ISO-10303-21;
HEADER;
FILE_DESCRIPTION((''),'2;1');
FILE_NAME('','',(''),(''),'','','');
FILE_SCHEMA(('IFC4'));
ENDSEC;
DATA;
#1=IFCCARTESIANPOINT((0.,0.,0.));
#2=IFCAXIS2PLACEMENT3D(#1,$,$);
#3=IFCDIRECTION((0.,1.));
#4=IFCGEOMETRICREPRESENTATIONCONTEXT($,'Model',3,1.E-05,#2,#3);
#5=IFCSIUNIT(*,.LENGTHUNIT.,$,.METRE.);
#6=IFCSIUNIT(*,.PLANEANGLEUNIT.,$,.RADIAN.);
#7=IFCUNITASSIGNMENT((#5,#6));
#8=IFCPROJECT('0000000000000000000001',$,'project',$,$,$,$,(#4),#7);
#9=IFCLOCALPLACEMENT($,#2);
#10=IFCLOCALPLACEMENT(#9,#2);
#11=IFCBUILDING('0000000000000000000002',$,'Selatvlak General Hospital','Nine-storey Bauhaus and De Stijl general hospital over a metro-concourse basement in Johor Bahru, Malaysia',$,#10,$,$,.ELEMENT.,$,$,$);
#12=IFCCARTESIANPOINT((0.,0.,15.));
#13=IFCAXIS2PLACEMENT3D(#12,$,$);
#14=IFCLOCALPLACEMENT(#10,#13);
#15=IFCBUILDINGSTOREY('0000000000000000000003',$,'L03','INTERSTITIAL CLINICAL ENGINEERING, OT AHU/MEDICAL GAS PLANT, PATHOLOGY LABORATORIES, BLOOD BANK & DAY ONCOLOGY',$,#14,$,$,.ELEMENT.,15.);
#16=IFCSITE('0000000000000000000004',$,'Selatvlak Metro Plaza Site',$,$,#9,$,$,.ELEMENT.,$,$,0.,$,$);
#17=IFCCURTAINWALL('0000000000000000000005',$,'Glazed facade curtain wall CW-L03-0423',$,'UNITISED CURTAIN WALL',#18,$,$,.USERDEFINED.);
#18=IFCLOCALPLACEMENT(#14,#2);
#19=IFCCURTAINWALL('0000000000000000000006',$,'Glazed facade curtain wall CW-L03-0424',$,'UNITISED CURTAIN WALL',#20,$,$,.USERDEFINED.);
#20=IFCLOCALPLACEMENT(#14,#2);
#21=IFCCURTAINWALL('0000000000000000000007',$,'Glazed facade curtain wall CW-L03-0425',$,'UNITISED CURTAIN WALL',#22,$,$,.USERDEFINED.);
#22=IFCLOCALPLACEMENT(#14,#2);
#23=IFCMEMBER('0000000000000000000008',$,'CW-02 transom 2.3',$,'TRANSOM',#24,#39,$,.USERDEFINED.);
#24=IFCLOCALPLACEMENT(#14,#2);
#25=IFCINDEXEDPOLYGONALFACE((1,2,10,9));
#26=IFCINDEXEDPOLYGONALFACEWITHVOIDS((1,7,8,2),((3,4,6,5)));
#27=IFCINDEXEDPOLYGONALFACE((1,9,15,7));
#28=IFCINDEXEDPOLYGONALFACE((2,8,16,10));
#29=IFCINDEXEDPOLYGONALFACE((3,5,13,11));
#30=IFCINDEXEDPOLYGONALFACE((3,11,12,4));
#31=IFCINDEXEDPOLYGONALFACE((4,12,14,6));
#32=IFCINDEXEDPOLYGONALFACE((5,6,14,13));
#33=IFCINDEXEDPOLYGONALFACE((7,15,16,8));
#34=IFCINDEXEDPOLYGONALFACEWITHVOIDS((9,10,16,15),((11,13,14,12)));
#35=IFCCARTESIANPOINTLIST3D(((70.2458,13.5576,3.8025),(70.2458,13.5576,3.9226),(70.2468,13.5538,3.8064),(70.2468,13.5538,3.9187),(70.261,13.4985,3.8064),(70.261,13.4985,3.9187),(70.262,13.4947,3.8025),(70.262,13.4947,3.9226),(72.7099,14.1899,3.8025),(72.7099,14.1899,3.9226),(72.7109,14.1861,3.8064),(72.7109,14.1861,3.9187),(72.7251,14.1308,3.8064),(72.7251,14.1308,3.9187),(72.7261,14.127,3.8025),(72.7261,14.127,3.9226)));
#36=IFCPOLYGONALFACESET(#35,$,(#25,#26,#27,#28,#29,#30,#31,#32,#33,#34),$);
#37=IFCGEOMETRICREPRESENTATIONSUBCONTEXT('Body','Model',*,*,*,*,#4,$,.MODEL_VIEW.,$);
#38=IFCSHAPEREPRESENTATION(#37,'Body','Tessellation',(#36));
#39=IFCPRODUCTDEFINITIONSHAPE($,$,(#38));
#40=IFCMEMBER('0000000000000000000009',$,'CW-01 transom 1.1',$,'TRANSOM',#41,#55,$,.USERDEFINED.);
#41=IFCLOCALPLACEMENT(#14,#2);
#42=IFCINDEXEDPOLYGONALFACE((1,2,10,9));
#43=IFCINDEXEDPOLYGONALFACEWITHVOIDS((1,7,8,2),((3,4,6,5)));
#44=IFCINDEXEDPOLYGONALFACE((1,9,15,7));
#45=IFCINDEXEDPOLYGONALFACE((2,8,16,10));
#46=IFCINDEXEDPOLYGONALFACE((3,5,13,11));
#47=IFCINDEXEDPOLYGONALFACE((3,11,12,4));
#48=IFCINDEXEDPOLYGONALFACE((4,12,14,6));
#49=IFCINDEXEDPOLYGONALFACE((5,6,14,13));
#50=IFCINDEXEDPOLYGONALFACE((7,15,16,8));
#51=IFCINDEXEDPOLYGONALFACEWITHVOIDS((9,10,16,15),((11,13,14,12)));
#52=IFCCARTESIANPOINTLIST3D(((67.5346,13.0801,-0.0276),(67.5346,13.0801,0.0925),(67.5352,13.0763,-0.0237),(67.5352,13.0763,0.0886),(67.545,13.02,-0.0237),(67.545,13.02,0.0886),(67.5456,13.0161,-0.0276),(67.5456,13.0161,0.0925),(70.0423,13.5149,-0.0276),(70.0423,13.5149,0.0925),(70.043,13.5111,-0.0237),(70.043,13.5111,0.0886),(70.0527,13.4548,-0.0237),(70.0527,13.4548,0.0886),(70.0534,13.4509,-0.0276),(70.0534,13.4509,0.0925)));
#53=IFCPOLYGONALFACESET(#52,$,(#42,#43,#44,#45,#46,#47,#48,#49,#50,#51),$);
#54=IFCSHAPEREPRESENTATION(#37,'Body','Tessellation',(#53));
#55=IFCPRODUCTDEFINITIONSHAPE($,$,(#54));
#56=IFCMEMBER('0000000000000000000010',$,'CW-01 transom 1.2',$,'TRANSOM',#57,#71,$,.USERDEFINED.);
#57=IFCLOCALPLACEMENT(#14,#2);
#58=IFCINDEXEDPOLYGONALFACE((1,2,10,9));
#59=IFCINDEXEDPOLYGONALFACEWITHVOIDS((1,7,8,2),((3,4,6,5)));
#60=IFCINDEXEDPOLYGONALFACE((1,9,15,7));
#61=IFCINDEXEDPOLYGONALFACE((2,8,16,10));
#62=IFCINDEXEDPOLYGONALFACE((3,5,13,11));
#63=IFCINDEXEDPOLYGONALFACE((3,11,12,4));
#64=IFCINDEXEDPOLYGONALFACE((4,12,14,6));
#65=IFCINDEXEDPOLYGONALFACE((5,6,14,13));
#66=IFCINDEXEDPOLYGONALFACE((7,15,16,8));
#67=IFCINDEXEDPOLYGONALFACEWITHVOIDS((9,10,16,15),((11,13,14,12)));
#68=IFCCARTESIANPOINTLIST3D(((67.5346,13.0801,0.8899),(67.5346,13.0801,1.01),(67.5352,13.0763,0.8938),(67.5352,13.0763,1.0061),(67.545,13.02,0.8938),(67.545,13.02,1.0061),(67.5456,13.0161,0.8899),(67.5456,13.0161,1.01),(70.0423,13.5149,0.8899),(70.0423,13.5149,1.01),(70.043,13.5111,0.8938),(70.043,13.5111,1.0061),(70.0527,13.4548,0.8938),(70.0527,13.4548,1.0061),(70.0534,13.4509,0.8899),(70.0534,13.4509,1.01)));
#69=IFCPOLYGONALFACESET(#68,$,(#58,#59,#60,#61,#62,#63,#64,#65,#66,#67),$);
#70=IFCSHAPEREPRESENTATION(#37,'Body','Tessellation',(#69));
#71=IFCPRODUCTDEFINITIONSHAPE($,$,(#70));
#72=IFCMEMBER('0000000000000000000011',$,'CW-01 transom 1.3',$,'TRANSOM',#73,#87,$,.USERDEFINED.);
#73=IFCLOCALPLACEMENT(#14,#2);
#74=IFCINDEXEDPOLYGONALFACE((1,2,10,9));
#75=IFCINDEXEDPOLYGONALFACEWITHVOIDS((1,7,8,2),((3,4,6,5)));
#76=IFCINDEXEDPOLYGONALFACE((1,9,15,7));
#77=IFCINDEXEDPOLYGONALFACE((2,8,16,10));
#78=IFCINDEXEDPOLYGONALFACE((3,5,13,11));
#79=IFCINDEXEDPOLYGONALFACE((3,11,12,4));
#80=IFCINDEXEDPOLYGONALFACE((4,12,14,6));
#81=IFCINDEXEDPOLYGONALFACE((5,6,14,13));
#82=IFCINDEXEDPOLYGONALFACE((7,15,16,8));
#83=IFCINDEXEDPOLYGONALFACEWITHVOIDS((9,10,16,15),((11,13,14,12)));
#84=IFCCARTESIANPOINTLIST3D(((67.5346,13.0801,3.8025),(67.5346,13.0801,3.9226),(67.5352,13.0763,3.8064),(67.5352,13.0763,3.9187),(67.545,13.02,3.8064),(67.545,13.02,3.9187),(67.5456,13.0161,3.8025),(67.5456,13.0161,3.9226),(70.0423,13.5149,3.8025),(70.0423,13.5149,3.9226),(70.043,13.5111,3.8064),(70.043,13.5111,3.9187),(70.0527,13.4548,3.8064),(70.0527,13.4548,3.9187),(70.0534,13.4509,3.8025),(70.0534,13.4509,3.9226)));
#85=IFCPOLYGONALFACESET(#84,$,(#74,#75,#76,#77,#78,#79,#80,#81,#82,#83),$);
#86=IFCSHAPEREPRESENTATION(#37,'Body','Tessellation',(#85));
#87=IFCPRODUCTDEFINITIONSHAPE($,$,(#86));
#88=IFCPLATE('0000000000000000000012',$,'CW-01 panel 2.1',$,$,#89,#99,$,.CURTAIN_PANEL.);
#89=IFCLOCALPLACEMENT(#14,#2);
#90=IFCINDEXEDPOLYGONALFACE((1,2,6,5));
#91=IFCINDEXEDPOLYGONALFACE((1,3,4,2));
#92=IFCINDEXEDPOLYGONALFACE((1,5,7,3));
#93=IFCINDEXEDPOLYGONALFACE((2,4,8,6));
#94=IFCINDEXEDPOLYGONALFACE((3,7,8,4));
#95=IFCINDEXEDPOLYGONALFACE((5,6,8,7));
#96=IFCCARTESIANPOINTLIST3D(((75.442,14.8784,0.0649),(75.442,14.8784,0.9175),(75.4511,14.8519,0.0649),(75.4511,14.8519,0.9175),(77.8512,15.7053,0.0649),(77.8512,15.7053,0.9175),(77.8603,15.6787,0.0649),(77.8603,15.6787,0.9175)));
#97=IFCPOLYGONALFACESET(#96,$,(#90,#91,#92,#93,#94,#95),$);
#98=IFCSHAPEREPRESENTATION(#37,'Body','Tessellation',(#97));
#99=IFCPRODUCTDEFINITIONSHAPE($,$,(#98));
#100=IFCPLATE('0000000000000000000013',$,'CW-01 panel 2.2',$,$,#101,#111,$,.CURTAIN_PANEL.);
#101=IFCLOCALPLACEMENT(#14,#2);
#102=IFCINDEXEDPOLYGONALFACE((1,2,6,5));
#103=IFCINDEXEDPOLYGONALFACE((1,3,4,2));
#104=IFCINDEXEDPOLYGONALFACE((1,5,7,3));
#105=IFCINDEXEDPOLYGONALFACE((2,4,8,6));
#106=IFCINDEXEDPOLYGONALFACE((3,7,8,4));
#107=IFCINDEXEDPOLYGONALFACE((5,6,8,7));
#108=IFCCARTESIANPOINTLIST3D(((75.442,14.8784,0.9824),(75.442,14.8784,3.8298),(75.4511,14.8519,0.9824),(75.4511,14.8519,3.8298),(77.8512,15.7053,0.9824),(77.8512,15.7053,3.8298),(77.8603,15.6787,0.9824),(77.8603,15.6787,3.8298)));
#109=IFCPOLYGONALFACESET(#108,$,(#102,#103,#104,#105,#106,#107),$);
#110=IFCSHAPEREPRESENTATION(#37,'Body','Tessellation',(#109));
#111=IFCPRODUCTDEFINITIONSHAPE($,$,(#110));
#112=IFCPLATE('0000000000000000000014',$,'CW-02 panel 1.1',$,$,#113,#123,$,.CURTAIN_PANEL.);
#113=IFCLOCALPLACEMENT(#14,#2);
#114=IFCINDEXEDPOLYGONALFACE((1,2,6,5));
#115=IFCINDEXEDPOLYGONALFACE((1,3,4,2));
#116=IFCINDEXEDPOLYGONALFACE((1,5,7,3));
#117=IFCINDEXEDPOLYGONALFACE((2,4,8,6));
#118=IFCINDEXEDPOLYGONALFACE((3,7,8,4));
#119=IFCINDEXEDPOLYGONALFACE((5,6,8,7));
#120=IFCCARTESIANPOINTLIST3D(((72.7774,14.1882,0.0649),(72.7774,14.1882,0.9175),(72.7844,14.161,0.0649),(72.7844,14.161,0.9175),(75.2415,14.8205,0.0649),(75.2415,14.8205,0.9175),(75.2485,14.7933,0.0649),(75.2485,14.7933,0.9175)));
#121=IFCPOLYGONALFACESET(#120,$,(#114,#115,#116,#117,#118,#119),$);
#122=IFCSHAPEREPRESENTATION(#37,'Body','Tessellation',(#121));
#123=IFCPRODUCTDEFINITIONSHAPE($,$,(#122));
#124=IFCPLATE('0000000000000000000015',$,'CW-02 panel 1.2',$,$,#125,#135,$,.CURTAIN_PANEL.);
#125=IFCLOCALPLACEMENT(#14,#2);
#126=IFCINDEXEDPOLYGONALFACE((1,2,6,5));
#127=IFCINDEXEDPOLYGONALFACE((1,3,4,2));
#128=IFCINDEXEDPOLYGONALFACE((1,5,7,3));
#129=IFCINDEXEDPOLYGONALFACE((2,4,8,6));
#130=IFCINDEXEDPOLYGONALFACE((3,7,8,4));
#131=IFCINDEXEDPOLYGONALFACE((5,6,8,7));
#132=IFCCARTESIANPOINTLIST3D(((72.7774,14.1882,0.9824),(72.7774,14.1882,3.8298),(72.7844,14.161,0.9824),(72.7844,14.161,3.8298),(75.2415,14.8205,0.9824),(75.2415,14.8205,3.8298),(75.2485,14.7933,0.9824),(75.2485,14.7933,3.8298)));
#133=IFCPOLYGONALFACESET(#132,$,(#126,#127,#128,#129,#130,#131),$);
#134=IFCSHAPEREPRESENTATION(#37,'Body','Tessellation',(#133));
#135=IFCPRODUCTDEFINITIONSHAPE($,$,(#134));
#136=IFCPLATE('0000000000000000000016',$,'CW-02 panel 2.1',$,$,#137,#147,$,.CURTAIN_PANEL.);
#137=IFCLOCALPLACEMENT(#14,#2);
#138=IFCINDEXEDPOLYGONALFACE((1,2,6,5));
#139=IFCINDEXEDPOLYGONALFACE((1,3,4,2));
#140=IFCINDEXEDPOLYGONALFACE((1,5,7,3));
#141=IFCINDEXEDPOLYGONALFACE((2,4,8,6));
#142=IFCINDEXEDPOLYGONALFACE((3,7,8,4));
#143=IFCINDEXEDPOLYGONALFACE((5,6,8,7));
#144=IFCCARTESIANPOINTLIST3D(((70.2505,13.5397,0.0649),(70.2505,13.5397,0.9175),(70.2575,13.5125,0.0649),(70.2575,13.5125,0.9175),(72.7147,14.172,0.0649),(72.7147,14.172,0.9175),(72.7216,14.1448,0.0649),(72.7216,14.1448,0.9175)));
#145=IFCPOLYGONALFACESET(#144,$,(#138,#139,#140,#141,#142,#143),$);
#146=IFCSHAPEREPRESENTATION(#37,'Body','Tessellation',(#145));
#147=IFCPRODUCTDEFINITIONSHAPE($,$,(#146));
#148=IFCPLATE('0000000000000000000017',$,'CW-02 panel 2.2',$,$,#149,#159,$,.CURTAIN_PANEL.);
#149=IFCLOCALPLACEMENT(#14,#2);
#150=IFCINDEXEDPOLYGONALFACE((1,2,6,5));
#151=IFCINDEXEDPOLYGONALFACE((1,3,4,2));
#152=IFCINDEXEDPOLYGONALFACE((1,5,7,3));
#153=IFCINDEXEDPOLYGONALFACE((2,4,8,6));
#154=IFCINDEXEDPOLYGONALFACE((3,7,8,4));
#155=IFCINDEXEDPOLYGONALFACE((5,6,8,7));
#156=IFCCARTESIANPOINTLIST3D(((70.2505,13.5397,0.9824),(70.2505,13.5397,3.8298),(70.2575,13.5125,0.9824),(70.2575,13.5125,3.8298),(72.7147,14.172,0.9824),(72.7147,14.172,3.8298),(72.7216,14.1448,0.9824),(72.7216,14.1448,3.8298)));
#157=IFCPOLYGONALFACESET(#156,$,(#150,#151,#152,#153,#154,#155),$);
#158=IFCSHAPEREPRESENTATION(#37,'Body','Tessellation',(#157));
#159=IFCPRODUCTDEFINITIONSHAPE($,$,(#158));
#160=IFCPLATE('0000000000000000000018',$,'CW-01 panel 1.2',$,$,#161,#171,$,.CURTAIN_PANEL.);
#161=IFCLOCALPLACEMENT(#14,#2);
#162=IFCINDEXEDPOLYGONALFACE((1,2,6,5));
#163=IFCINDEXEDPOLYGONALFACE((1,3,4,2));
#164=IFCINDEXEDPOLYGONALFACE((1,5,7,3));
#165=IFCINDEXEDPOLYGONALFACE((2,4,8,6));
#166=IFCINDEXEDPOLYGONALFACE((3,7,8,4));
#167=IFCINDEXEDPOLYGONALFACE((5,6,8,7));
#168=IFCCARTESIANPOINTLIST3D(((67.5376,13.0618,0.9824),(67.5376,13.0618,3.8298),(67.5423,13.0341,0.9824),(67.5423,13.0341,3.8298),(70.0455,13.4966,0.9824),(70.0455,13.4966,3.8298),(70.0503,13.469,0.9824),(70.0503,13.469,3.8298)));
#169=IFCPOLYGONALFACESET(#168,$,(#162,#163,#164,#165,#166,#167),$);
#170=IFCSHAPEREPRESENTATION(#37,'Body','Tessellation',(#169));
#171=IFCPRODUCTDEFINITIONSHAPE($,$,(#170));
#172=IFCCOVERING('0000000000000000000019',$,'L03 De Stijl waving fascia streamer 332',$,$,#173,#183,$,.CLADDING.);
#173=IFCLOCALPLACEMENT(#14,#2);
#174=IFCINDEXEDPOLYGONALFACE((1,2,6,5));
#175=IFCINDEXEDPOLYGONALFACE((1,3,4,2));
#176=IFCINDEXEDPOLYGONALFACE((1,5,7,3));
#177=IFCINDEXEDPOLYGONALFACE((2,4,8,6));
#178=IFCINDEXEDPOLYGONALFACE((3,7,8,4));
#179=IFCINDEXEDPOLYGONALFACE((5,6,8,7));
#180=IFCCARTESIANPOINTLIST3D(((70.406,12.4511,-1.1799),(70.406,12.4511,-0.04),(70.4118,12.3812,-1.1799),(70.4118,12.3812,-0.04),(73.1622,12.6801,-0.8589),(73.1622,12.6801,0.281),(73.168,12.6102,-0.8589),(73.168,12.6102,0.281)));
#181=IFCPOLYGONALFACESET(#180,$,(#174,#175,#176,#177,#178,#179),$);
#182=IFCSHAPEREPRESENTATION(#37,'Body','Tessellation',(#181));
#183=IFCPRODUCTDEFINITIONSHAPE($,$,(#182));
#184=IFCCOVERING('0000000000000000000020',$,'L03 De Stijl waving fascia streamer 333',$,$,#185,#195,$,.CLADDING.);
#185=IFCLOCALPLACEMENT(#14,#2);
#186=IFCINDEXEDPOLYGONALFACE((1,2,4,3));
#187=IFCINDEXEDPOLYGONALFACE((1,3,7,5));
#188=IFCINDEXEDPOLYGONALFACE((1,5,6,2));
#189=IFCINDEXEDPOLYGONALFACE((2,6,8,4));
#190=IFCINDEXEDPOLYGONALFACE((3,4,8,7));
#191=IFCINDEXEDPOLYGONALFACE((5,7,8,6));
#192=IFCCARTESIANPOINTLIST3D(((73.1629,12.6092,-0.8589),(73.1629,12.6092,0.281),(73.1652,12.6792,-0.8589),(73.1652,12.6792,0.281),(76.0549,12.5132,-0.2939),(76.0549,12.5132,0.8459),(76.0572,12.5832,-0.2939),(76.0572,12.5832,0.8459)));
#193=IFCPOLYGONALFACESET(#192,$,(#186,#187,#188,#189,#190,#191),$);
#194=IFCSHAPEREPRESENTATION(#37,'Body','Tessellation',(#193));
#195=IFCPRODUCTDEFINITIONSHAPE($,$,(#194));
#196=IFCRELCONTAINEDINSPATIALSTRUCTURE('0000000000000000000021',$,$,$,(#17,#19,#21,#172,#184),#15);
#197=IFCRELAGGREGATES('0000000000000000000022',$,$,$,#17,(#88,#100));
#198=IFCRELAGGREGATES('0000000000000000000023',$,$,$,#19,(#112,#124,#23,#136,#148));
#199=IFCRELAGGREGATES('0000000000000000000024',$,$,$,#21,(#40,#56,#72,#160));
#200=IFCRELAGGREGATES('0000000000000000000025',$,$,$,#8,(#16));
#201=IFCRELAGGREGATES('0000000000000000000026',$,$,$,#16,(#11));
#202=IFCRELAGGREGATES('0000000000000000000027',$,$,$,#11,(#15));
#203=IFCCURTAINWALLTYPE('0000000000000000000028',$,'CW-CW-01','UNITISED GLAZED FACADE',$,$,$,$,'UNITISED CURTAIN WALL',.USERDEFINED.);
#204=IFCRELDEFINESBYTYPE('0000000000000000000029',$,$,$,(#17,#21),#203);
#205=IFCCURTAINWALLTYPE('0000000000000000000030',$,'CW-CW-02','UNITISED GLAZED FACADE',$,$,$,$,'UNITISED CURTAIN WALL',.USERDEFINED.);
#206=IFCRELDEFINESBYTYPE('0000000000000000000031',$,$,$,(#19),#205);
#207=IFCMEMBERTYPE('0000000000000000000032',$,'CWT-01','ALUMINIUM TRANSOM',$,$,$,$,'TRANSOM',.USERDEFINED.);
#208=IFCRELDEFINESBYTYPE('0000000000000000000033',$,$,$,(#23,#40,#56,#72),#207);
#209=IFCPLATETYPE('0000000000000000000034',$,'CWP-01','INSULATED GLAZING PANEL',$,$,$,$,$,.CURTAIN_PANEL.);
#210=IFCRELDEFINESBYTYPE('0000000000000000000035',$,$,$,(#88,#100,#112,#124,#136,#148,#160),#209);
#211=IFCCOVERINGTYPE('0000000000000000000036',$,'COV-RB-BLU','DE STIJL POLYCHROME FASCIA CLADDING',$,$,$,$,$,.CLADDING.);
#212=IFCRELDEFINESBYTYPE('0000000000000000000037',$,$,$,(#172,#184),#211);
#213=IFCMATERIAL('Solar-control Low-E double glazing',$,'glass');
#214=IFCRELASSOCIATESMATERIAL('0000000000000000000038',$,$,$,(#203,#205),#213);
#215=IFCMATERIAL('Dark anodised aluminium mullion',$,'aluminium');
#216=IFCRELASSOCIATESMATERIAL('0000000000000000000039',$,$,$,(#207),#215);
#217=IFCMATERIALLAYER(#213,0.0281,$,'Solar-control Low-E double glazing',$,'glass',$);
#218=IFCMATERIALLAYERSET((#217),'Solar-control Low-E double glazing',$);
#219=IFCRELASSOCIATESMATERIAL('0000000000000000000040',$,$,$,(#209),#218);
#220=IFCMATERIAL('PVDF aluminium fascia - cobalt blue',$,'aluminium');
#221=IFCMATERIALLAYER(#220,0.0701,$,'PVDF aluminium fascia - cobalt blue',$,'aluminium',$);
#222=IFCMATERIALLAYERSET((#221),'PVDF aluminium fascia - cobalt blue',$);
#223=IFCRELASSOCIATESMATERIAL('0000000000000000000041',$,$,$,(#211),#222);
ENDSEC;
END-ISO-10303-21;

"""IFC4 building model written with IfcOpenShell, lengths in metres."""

from ifc_helpers import new_model, si_unit, direction, frame, origin, origin_2d, place, context, subcontext, project, spatial, polyline, rectangle, hollow_rectangle, outline, extrude, material, layer, layer_set, material_profile, profile_set, type_object, element, aggregate, save


model = new_model("IFC4")

# Units and contexts
model_context = context("Model", 3, precision=1e-05, world=origin(), true_north=direction((0.0, 1.0)))
body_context = subcontext(model_context, "Body", "Model", "MODEL_VIEW")
ifc_project = project(units=[si_unit("LENGTHUNIT", "METRE"), si_unit("PLANEANGLEUNIT", "RADIAN")], contexts=[model_context])

# Site, building, storey
site_placement = place(None, origin())
site = spatial("IfcSite", under=ifc_project, at=site_placement, Name="Selatvlak Metro Plaza Site", CompositionType="ELEMENT", RefElevation=0.0)
building_placement = place(site_placement, origin())
building = spatial("IfcBuilding", under=site, at=building_placement, Name="Selatvlak General Hospital", Description="Nine-storey Bauhaus and De Stijl general hospital over a metro-concourse basement in Johor Bahru, Malaysia", CompositionType="ELEMENT")
storey_placement = place(building_placement, frame((0.0, 0.0, 15.0)))
storey = spatial("IfcBuildingStorey", under=building, at=storey_placement, Name="L03", Description="INTERSTITIAL CLINICAL ENGINEERING, OT AHU/MEDICAL GAS PLANT, PATHOLOGY LABORATORIES, BLOOD BANK & DAY ONCOLOGY", CompositionType="ELEMENT", Elevation=15.0)

# Curtain wall
ifc_material_1 = material(Name="Solar-control Low-E double glazing", Category="glass")
curtain_wall_type_1 = type_object("IfcCurtainWallType", Name="CW-CW-01", Description="UNITISED GLAZED FACADE", ElementType="UNITISED CURTAIN WALL", PredefinedType="USERDEFINED", material=ifc_material_1)
curtain_wall_1_placement = place(storey_placement, origin())
curtain_wall_1 = element("IfcCurtainWall", 1, at=curtain_wall_1_placement, inside=storey, type_object=curtain_wall_type_1, Name="Glazed facade curtain wall CW-L03-0423", ObjectType="UNITISED CURTAIN WALL", PredefinedType="USERDEFINED")
ifc_material_2 = material(Name="Dark anodised aluminium mullion", Category="aluminium")

# Curtain wall
curtain_wall_type_2 = type_object("IfcCurtainWallType", Name="CW-CW-02", Description="UNITISED GLAZED FACADE", ElementType="UNITISED CURTAIN WALL", PredefinedType="USERDEFINED", material=ifc_material_1)
curtain_wall_2_placement = place(storey_placement, origin())
curtain_wall_2 = element("IfcCurtainWall", 2, at=curtain_wall_2_placement, inside=storey, type_object=curtain_wall_type_2, Name="Glazed facade curtain wall CW-L03-0424", ObjectType="UNITISED CURTAIN WALL", PredefinedType="USERDEFINED")

# Curtain wall
curtain_wall_3_placement = place(storey_placement, origin())
curtain_wall_3 = element("IfcCurtainWall", 3, at=curtain_wall_3_placement, inside=storey, type_object=curtain_wall_type_1, Name="Glazed facade curtain wall CW-L03-0425", ObjectType="UNITISED CURTAIN WALL", PredefinedType="USERDEFINED")

# Members
ifc_material_profile_1 = material_profile(ifc_material_2, hollow_rectangle(XDim=0.0649, YDim=0.1201, WallThickness=0.0039, at=origin_2d()), Name="AL-TRN 65x120x4")
ifc_profile_set_1 = profile_set([ifc_material_profile_1], Name="Dark anodised aluminium mullion")
member_type_1 = type_object("IfcMemberType", Name="CWT-01", Description="ALUMINIUM TRANSOM", ElementType="TRANSOM", PredefinedType="USERDEFINED", material=ifc_profile_set_1)
member_1_placement = place(storey_placement, frame((72.718, 14.1584, 3.8625), z_axis=(-0.968616, -0.24856, 0.0), x_axis=(0.24856, -0.968616, 0.0)))
member_1 = element("IfcMember", 4, at=member_1_placement, type_object=member_type_1, Name="CW-02 transom 2.3", ObjectType="TRANSOM", PredefinedType="USERDEFINED", context=body_context, shape_type="SweptSolid", body=[
    extrude(hollow_rectangle(XDim=0.0649, YDim=0.1201, WallThickness=0.0039, at=origin_2d()), origin(), (0.0, 0.0, 1.0), 2.5439),
])
member_2_placement = place(storey_placement, frame((70.0479, 13.4829, 0.0325), z_axis=(-0.9853, -0.170835, 0.0), x_axis=(0.170835, -0.9853, 0.0)))
member_2 = element("IfcMember", 5, at=member_2_placement, type_object=member_type_1, Name="CW-01 transom 1.1", ObjectType="TRANSOM", PredefinedType="USERDEFINED", context=body_context, shape_type="SweptSolid", body=[
    extrude(hollow_rectangle(XDim=0.0649, YDim=0.1201, WallThickness=0.0039, at=origin_2d()), origin(), (0.0, 0.0, 1.0), 2.5452),
])
member_3_placement = place(storey_placement, frame((70.0479, 13.4829, 0.95), z_axis=(-0.9853, -0.170835, 0.0), x_axis=(0.170835, -0.9853, 0.0)))
member_3 = element("IfcMember", 6, at=member_3_placement, type_object=member_type_1, Name="CW-01 transom 1.2", ObjectType="TRANSOM", PredefinedType="USERDEFINED", context=body_context, shape_type="SweptSolid", body=[
    extrude(hollow_rectangle(XDim=0.0649, YDim=0.1201, WallThickness=0.0039, at=origin_2d()), origin(), (0.0, 0.0, 1.0), 2.5452),
])
member_4_placement = place(storey_placement, frame((70.0479, 13.4829, 3.8625), z_axis=(-0.9853, -0.170835, 0.0), x_axis=(0.170835, -0.9853, 0.0)))
member_4 = element("IfcMember", 7, at=member_4_placement, type_object=member_type_1, Name="CW-01 transom 1.3", ObjectType="TRANSOM", PredefinedType="USERDEFINED", context=body_context, shape_type="SweptSolid", body=[
    extrude(hollow_rectangle(XDim=0.0649, YDim=0.1201, WallThickness=0.0039, at=origin_2d()), origin(), (0.0, 0.0, 1.0), 2.5452),
])

# Plates
ifc_layer_1 = layer(ifc_material_1, 0.0281, Name="Solar-control Low-E double glazing", Category="glass")
ifc_layer_set_1 = layer_set([ifc_layer_1], Name="Solar-control Low-E double glazing")
plate_type = type_object("IfcPlateType", Name="CWP-01", Description="INSULATED GLAZING PANEL", PredefinedType="CURTAIN_PANEL", material=ifc_layer_set_1)
plate_1_placement = place(storey_placement, frame((76.6511, 15.2786, 0.0649), z_axis=(0.0, 0.0, 1.0), x_axis=(-0.945848, -0.324609, 0.0)))
plate_1 = element("IfcPlate", 8, at=plate_1_placement, type_object=plate_type, Name="CW-01 panel 2.1", PredefinedType="CURTAIN_PANEL", context=body_context, shape_type="SweptSolid", body=[
    extrude(rectangle(XDim=2.5471, YDim=0.0281, at=origin_2d()), origin(), (0.0, 0.0, 1.0), 0.8525),
])
plate_2_placement = place(storey_placement, frame((76.6511, 15.2786, 0.9824), z_axis=(0.0, 0.0, 1.0), x_axis=(-0.945848, -0.324609, 0.0)))
plate_2 = element("IfcPlate", 9, at=plate_2_placement, type_object=plate_type, Name="CW-01 panel 2.2", PredefinedType="CURTAIN_PANEL", context=body_context, shape_type="SweptSolid", body=[
    extrude(rectangle(XDim=2.5471, YDim=0.0281, at=origin_2d()), origin(), (0.0, 0.0, 1.0), 2.8474),
])
aggregate(curtain_wall_1, [plate_1, plate_2])
plate_3_placement = place(storey_placement, frame((74.0129, 14.4907, 0.0649), z_axis=(0.0, 0.0, 1.0), x_axis=(-0.968621, -0.248544, 0.0)))
plate_3 = element("IfcPlate", 10, at=plate_3_placement, type_object=plate_type, Name="CW-02 panel 1.1", PredefinedType="CURTAIN_PANEL", context=body_context, shape_type="SweptSolid", body=[
    extrude(rectangle(XDim=2.5439, YDim=0.0281, at=origin_2d()), origin(), (0.0, 0.0, 1.0), 0.8525),
])
plate_4_placement = place(storey_placement, frame((74.0129, 14.4907, 0.9824), z_axis=(0.0, 0.0, 1.0), x_axis=(-0.968621, -0.248544, 0.0)))
plate_4 = element("IfcPlate", 11, at=plate_4_placement, type_object=plate_type, Name="CW-02 panel 1.2", PredefinedType="CURTAIN_PANEL", context=body_context, shape_type="SweptSolid", body=[
    extrude(rectangle(XDim=2.5439, YDim=0.0281, at=origin_2d()), origin(), (0.0, 0.0, 1.0), 2.8474),
])
plate_5_placement = place(storey_placement, frame((71.4861, 13.8423, 0.0649), z_axis=(0.0, 0.0, 1.0), x_axis=(-0.968621, -0.248544, 0.0)))
plate_5 = element("IfcPlate", 12, at=plate_5_placement, type_object=plate_type, Name="CW-02 panel 2.1", PredefinedType="CURTAIN_PANEL", context=body_context, shape_type="SweptSolid", body=[
    extrude(rectangle(XDim=2.5439, YDim=0.0281, at=origin_2d()), origin(), (0.0, 0.0, 1.0), 0.8525),
])
plate_6_placement = place(storey_placement, frame((71.4861, 13.8423, 0.9824), z_axis=(0.0, 0.0, 1.0), x_axis=(-0.968621, -0.248544, 0.0)))
plate_6 = element("IfcPlate", 13, at=plate_6_placement, type_object=plate_type, Name="CW-02 panel 2.2", PredefinedType="CURTAIN_PANEL", context=body_context, shape_type="SweptSolid", body=[
    extrude(rectangle(XDim=2.5439, YDim=0.0281, at=origin_2d()), origin(), (0.0, 0.0, 1.0), 2.8474),
])
aggregate(curtain_wall_2, [plate_3, plate_4, member_1, plate_5, plate_6])
plate_7_placement = place(storey_placement, frame((68.7939, 13.2654, 0.9824), z_axis=(0.0, 0.0, 1.0), x_axis=(-0.985299, -0.170838, 0.0)))
plate_7 = element("IfcPlate", 14, at=plate_7_placement, type_object=plate_type, Name="CW-01 panel 1.2", PredefinedType="CURTAIN_PANEL", context=body_context, shape_type="SweptSolid", body=[
    extrude(rectangle(XDim=2.5454, YDim=0.0281, at=origin_2d()), origin(), (0.0, 0.0, 1.0), 2.8474),
])
aggregate(curtain_wall_3, [member_2, member_3, member_4, plate_7])

# Coverings
ifc_material_3 = material(Name="PVDF aluminium fascia - cobalt blue", Category="aluminium")
ifc_layer_2 = layer(ifc_material_3, 0.0701, Name="PVDF aluminium fascia - cobalt blue", Category="aluminium")
ifc_layer_set_2 = layer_set([ifc_layer_2], Name="PVDF aluminium fascia - cobalt blue")
covering_type = type_object("IfcCoveringType", Name="COV-RB-BLU", Description="DE STIJL POLYCHROME FASCIA CLADDING", PredefinedType="CLADDING", material=ifc_layer_set_2)
covering_1_placement = place(storey_placement, frame((70.4089, 12.416, -1.1799), z_axis=(0.0, 0.0, 1.0), x_axis=(0.996566, 0.082804, 0.0)))
element("IfcCovering", 15, at=covering_1_placement, inside=storey, type_object=covering_type, Name="L03 De Stijl waving fascia streamer 332", PredefinedType="CLADDING", context=body_context, shape_type="SweptSolid", body=[
    extrude(outline(polyline([(0.0, 0.0), (2.7656, 0.321), (2.7656, 1.4609), (0.0, 1.1399), (0.0, 0.0)])), frame((0.0, 0.0352, 0.0), z_axis=(0.0, -1.0, 0.0), x_axis=(1.0, 0.0, 0.0)), (0.0, 0.0, 1.0), 0.0701),
])
covering_2_placement = place(storey_placement, frame((73.1641, 12.644, -0.8589), z_axis=(0.0, 0.0, 1.0), x_axis=(0.99945, -0.03316, 0.0)))
element("IfcCovering", 16, at=covering_2_placement, inside=storey, type_object=covering_type, Name="L03 De Stijl waving fascia streamer 333", PredefinedType="CLADDING", context=body_context, shape_type="SweptSolid", body=[
    extrude(outline(polyline([(0.0, 0.0), (2.8936, 0.5649), (2.8936, 1.7048), (0.0, 1.1399), (0.0, 0.0)])), frame((0.0, 0.0352, 0.0), z_axis=(0.0, -1.0, 0.0), x_axis=(1.0, 0.0, 0.0)), (0.0, 0.0, 1.0), 0.0701),
])

save(model, "model.ifc")
